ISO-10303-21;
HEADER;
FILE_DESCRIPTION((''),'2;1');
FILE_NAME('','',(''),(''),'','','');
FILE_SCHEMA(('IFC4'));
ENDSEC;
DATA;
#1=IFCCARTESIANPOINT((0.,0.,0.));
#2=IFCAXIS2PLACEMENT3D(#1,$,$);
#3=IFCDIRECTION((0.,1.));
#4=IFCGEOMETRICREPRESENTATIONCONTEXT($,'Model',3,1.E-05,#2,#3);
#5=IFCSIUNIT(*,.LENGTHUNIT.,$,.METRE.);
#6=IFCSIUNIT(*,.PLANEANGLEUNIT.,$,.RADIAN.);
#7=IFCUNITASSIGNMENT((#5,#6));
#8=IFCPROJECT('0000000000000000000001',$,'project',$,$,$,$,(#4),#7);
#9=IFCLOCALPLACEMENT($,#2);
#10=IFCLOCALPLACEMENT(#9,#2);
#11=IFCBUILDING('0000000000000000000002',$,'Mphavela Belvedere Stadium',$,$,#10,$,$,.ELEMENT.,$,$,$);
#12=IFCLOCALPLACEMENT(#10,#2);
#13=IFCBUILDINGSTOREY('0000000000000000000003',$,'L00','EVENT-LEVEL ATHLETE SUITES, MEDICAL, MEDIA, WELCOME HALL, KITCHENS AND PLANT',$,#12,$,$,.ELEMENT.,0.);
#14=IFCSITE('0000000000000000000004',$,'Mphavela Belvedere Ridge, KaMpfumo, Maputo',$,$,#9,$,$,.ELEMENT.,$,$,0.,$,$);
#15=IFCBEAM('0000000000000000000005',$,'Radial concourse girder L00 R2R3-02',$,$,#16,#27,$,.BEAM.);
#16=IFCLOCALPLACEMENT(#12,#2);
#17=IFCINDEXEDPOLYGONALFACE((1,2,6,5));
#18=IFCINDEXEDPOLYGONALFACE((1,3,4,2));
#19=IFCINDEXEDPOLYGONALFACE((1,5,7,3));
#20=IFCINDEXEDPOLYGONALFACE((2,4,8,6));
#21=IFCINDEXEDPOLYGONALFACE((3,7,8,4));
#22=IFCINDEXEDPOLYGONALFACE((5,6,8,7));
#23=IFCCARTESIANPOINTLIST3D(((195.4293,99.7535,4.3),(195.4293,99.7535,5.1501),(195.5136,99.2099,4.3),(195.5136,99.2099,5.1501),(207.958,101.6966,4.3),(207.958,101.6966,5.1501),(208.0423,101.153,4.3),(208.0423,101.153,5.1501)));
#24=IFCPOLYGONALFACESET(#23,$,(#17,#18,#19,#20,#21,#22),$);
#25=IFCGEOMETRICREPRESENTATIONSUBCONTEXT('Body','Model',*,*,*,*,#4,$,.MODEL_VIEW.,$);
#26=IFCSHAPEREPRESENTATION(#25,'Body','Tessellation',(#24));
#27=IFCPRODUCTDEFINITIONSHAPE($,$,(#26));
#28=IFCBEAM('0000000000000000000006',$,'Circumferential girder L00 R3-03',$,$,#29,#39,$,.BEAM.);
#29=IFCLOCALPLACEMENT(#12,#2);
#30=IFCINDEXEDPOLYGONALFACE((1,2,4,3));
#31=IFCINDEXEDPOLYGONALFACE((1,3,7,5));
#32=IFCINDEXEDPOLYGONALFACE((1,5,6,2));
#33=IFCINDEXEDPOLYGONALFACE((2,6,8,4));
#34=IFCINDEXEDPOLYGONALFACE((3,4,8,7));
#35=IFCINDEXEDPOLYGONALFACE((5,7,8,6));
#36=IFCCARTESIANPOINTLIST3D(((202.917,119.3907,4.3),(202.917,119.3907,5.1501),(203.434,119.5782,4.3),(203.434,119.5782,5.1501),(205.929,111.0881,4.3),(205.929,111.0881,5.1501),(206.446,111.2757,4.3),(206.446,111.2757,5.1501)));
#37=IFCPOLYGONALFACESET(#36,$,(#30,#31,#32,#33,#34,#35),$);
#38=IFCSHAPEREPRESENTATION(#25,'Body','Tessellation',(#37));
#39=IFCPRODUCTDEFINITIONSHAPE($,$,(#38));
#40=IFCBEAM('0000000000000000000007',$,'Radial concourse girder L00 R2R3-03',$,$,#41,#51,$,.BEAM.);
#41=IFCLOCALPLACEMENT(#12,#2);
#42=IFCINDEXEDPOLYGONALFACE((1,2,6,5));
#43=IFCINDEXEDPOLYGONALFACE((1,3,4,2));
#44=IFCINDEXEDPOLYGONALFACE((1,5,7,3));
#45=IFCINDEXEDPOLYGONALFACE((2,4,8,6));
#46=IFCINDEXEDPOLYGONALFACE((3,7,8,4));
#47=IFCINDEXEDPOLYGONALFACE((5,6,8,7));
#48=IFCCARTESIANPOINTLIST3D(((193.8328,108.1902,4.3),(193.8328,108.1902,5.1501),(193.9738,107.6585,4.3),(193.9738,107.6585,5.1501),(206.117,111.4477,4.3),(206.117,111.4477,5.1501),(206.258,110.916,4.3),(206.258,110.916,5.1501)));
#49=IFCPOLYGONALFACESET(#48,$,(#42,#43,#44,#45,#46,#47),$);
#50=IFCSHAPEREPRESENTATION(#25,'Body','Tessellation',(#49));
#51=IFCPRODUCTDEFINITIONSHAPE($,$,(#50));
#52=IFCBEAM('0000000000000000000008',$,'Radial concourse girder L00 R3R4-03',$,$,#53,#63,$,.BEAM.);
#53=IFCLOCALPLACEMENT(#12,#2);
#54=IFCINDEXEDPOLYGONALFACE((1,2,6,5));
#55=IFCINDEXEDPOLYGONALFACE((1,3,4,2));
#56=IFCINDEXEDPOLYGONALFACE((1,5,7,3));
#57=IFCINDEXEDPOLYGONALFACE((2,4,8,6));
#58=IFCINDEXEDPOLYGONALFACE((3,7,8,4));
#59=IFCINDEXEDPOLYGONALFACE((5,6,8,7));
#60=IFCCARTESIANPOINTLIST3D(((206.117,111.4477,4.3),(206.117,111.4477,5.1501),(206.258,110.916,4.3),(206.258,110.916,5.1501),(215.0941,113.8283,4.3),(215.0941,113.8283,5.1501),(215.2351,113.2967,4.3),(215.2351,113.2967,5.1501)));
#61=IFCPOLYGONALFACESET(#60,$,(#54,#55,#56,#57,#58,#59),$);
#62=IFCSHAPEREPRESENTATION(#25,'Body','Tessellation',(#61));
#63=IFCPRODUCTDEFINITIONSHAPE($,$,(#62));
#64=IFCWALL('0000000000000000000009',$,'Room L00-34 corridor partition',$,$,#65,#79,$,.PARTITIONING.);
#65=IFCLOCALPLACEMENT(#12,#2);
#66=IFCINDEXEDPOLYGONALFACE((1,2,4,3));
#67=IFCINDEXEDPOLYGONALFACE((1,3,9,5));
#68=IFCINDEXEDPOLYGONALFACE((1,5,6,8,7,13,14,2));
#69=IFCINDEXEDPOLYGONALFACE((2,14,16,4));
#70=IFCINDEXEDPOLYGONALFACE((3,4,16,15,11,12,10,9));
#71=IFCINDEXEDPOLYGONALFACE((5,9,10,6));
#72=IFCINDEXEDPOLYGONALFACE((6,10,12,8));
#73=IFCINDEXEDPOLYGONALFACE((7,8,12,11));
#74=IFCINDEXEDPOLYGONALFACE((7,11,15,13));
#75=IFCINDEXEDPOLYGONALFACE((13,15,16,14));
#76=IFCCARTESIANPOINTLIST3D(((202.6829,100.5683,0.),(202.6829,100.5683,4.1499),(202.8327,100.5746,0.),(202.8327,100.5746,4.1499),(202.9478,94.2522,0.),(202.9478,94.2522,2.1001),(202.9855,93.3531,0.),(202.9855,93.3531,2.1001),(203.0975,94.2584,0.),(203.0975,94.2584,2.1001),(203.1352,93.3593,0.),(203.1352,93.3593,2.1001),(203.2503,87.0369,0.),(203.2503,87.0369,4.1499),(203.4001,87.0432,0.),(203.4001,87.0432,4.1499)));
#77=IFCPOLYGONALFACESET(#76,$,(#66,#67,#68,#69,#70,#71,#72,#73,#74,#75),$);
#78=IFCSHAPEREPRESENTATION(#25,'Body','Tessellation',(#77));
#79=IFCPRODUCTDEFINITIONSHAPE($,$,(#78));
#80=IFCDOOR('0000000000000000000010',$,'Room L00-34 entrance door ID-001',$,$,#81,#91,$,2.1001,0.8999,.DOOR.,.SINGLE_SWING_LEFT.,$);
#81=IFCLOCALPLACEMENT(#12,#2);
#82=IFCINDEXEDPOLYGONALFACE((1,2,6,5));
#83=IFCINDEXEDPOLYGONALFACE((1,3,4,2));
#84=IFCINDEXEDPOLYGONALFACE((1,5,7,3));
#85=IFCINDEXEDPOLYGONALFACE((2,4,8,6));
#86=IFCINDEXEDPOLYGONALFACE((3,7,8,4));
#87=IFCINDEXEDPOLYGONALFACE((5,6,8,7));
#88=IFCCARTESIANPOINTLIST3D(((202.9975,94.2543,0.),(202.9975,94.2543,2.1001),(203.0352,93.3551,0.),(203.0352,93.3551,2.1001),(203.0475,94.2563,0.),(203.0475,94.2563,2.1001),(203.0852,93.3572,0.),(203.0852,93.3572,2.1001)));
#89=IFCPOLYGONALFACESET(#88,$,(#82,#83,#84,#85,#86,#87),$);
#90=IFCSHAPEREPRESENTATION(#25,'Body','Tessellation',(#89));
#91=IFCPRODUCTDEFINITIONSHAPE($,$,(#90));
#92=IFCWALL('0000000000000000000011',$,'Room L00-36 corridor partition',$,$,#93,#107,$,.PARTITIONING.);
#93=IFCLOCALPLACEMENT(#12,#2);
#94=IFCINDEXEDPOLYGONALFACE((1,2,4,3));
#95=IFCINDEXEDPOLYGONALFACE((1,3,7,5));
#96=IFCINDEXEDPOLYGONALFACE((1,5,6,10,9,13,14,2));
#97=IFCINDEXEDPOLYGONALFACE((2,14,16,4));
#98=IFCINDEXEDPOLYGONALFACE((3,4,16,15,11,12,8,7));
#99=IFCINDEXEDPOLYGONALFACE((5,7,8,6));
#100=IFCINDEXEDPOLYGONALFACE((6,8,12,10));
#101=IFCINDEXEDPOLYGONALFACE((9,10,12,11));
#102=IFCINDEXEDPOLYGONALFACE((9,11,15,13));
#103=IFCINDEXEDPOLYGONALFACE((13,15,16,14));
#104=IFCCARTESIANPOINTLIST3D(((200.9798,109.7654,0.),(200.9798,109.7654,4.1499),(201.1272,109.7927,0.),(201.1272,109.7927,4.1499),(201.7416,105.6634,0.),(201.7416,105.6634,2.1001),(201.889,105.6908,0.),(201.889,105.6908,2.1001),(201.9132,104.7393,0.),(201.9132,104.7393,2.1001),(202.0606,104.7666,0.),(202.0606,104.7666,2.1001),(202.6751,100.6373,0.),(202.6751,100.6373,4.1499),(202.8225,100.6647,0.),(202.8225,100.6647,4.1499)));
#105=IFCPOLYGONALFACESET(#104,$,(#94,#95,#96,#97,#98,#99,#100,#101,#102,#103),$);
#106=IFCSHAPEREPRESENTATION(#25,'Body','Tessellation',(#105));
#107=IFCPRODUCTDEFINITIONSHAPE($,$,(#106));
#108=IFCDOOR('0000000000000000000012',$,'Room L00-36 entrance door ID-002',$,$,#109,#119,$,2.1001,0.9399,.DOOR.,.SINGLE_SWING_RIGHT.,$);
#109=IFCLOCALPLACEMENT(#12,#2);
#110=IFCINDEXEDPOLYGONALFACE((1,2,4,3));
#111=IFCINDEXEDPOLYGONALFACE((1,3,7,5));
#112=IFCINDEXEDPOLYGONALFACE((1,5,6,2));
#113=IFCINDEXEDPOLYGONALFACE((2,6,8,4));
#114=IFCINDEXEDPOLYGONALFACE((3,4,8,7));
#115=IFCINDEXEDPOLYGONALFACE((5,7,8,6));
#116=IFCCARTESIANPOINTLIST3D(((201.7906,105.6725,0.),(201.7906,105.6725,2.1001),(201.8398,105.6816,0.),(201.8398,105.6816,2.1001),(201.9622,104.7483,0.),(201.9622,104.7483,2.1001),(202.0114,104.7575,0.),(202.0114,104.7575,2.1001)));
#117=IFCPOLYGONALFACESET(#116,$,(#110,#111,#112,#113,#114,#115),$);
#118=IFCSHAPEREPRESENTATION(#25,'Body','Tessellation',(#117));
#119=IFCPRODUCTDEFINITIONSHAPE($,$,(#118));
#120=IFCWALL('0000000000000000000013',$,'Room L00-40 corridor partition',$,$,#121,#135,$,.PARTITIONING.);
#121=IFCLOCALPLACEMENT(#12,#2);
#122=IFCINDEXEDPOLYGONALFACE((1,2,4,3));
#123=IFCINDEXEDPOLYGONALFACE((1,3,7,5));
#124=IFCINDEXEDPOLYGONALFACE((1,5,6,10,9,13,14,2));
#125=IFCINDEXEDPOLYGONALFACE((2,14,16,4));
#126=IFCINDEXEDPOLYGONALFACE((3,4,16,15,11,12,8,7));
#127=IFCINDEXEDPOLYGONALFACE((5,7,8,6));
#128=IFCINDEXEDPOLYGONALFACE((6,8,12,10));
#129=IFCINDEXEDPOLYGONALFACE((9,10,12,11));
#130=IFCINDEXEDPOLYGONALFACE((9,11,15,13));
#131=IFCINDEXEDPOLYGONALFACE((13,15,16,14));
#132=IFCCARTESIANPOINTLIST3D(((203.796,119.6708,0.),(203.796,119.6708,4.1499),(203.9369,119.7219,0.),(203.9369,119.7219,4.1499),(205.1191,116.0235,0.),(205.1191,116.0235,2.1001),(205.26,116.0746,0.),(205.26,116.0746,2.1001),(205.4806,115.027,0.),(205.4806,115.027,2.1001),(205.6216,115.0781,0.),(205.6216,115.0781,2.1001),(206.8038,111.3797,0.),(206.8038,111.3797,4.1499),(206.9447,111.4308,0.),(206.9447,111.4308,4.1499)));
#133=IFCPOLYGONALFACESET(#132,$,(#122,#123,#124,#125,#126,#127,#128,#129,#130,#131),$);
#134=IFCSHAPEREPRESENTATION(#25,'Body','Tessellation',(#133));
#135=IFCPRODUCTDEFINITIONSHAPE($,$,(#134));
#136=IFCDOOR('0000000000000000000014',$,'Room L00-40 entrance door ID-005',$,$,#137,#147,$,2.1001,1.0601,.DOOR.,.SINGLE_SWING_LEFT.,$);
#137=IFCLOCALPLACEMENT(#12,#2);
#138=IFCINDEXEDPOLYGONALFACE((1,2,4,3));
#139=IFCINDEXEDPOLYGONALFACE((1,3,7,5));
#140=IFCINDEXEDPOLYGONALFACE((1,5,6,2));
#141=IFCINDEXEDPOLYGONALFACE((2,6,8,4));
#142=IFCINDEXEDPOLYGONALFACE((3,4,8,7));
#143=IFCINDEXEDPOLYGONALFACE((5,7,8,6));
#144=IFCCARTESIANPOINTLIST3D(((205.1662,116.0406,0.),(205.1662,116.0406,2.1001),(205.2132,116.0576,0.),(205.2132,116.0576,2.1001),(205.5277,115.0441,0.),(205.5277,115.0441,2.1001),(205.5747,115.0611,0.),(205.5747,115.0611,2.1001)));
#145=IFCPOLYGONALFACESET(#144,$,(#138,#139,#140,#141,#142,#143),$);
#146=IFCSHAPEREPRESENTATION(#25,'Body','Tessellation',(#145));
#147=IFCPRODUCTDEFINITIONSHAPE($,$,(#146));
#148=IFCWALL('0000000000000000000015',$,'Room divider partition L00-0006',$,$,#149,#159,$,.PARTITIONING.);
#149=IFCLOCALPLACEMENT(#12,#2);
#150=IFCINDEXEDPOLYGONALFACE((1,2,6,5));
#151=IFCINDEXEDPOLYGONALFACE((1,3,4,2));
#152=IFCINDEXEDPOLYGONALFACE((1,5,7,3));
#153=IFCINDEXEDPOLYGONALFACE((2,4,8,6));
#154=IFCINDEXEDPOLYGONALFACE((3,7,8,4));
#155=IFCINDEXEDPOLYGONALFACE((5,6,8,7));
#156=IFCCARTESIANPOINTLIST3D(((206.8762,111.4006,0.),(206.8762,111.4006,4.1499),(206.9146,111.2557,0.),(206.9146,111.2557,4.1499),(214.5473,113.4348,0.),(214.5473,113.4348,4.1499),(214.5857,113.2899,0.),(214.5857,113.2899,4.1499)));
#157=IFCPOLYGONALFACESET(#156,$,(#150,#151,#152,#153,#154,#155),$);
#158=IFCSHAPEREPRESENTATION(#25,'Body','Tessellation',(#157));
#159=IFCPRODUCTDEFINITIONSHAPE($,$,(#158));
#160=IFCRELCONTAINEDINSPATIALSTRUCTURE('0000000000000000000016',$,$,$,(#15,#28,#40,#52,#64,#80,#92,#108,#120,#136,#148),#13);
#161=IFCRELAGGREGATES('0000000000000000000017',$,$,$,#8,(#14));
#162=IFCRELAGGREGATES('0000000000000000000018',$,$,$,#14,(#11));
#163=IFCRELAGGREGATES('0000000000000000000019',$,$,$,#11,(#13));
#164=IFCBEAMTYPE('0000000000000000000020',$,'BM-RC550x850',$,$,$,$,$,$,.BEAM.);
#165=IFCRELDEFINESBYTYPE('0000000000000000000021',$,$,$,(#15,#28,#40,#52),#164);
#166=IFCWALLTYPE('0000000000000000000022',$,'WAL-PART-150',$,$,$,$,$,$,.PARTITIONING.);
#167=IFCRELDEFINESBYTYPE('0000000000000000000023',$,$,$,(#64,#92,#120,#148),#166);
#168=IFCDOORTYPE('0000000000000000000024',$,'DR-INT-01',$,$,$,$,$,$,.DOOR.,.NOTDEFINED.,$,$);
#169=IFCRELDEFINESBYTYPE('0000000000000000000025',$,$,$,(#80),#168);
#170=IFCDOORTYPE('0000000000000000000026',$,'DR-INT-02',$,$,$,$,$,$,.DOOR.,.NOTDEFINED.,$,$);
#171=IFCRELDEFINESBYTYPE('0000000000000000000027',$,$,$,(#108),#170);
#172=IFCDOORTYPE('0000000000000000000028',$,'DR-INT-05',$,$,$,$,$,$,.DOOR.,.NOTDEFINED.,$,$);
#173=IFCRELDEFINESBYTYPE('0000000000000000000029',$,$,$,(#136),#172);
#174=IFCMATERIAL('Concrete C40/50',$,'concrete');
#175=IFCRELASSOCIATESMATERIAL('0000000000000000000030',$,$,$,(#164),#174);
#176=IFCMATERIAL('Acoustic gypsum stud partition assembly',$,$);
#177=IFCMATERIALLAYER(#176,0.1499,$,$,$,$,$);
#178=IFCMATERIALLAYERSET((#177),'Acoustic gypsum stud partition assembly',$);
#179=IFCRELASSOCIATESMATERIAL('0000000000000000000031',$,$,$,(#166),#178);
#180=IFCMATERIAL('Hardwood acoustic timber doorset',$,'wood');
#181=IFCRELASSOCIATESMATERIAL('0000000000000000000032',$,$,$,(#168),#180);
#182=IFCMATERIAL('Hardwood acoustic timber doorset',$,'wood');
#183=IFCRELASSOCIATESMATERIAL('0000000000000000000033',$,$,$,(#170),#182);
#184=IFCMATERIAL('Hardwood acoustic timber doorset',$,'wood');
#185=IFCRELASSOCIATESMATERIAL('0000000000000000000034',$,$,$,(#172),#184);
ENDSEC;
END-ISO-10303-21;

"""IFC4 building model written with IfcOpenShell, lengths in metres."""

from ifc_helpers import new_model, si_unit, direction, frame, frame_2d, origin, origin_2d, place, context, subcontext, project, spatial, rectangle, extrude, material, layer, layer_set, material_profile, profile_set, type_object, element, fill, save


model = new_model("IFC4")

# Units and contexts
model_context = context("Model", 3, precision=1e-05, world=origin(), true_north=direction((0.0, 1.0)))
body_context = subcontext(model_context, "Body", "Model", "MODEL_VIEW")
ifc_project = project(units=[si_unit("LENGTHUNIT", "METRE"), si_unit("PLANEANGLEUNIT", "RADIAN")], contexts=[model_context])

# Site, building, storey
site_placement = place(None, origin())
site = spatial("IfcSite", under=ifc_project, at=site_placement, Name="Mphavela Belvedere Ridge, KaMpfumo, Maputo", CompositionType="ELEMENT", RefElevation=0.0)
building_placement = place(site_placement, origin())
building = spatial("IfcBuilding", under=site, at=building_placement, Name="Mphavela Belvedere Stadium", CompositionType="ELEMENT")
storey_placement = place(building_placement, origin())
storey = spatial("IfcBuildingStorey", under=building, at=storey_placement, Name="L00", Description="EVENT-LEVEL ATHLETE SUITES, MEDICAL, MEDIA, WELCOME HALL, KITCHENS AND PLANT", CompositionType="ELEMENT", Elevation=0.0)

# Beams
ifc_material_1 = material(Name="Concrete C40/50", Category="concrete")
ifc_material_profile_1 = material_profile(ifc_material_1, rectangle(XDim=0.55, YDim=0.8501, at=origin_2d()), Name="RC 550x850")
ifc_profile_set_1 = profile_set([ifc_material_profile_1], Name="Concrete C40/50")
beam_type_1 = type_object("IfcBeamType", Name="BM-RC550x850", PredefinedType="BEAM", material=ifc_profile_set_1)
beam_1_placement = place(storey_placement, frame((195.4714, 99.4817, 4.7251), z_axis=(0.988186, 0.153262, 0.0), x_axis=(-0.153262, 0.988186, 0.0)))
element("IfcBeam", 1, at=beam_1_placement, inside=storey, type_object=beam_type_1, Name="Radial concourse girder L00 R2R3-02", PredefinedType="BEAM", context=body_context, shape_type="SweptSolid", body=[
    extrude(rectangle(XDim=0.55, YDim=0.8501, at=origin_2d()), origin(), (0.0, 0.0, 1.0), 12.6785),
])
beam_2_placement = place(storey_placement, frame((206.1875, 111.1819, 4.7251), z_axis=(-0.341031, 0.940052, 0.0), x_axis=(-0.940052, -0.341031, 0.0)))
element("IfcBeam", 2, at=beam_2_placement, inside=storey, type_object=beam_type_1, Name="Circumferential girder L00 R3-03", PredefinedType="BEAM", context=body_context, shape_type="SweptSolid", body=[
    extrude(rectangle(XDim=0.55, YDim=0.8501, at=origin_2d()), origin(), (0.0, 0.0, 1.0), 8.832),
])
beam_3_placement = place(storey_placement, frame((193.9033, 107.9243, 4.7251), z_axis=(0.966591, 0.256324, 0.0), x_axis=(-0.256324, 0.966591, 0.0)))
element("IfcBeam", 3, at=beam_3_placement, inside=storey, type_object=beam_type_1, Name="Radial concourse girder L00 R2R3-03", PredefinedType="BEAM", context=body_context, shape_type="SweptSolid", body=[
    extrude(rectangle(XDim=0.55, YDim=0.8501, at=origin_2d()), origin(), (0.0, 0.0, 1.0), 12.7087),
])
beam_4_placement = place(storey_placement, frame((206.1875, 111.1819, 4.7251), z_axis=(0.96659, 0.256329, 0.0), x_axis=(-0.256329, 0.96659, 0.0)))
element("IfcBeam", 4, at=beam_4_placement, inside=storey, type_object=beam_type_1, Name="Radial concourse girder L00 R3R4-03", PredefinedType="BEAM", context=body_context, shape_type="SweptSolid", body=[
    extrude(rectangle(XDim=0.55, YDim=0.8501, at=origin_2d()), origin(), (0.0, 0.0, 1.0), 9.2874),
])

# Walls, openings, doors
ifc_material_2 = material(Name="Acoustic gypsum stud partition assembly")
ifc_layer = layer(ifc_material_2, 0.1499)
ifc_layer_set = layer_set([ifc_layer], Name="Acoustic gypsum stud partition assembly")
wall_type = type_object("IfcWallType", Name="WAL-PART-150", PredefinedType="PARTITIONING", material=ifc_layer_set)
wall_1_placement = place(storey_placement, frame((202.7578, 100.5713, 0.0), z_axis=(0.0, 0.0, 1.0), x_axis=(0.041894, -0.999122, 0.0)))
wall_1 = element("IfcWall", 5, at=wall_1_placement, inside=storey, type_object=wall_type, Name="Room L00-34 corridor partition", PredefinedType="PARTITIONING", context=body_context, shape_type="SweptSolid", body=[
    extrude(rectangle(XDim=13.5432, YDim=0.1499, at=frame_2d((6.7715, 0.0))), origin(), (0.0, 0.0, 1.0), 4.1499),
])
opening_1_placement = place(wall_1_placement, frame((6.3215, 0.0, 0.0)))
opening_1 = element("IfcOpeningElement", 6, at=opening_1_placement, cuts=wall_1, PredefinedType="OPENING", context=body_context, shape_type="SweptSolid", body=[
    extrude(rectangle(XDim=0.8999, YDim=2.1001, at=frame_2d((0.45, 1.05))), frame((0.0, 0.085, 0.0), z_axis=(0.0, -1.0, 0.0), x_axis=(1.0, 0.0, 0.0)), (0.0, 0.0, 1.0), 0.1699),
])
ifc_material_3 = material(Name="Hardwood acoustic timber doorset", Category="wood")
door_type_1 = type_object("IfcDoorType", Name="DR-INT-01", OperationType="NOTDEFINED", PredefinedType="DOOR", material=ifc_material_3)
door_1_placement = place(opening_1_placement, origin())
door_1 = element("IfcDoor", 7, at=door_1_placement, inside=storey, type_object=door_type_1, Name="Room L00-34 entrance door ID-001", OperationType="SINGLE_SWING_LEFT", OverallHeight=2.1001, OverallWidth=0.8999, PredefinedType="DOOR", context=body_context, shape_type="SweptSolid", body=[
    extrude(rectangle(XDim=0.8999, YDim=2.1001, at=frame_2d((0.45, 1.05))), frame((0.0, 0.0249, 0.0), z_axis=(0.0, -1.0, 0.0), x_axis=(1.0, 0.0, 0.0)), (0.0, 0.0, 1.0), 0.05),
])
fill(opening_1, door_1)
wall_2_placement = place(storey_placement, frame((201.0535, 109.7791, 0.0), z_axis=(0.0, 0.0, 1.0), x_axis=(0.182601, -0.983187, 0.0)))
wall_2 = element("IfcWall", 8, at=wall_2_placement, inside=storey, type_object=wall_type, Name="Room L00-36 corridor partition", PredefinedType="PARTITIONING", context=body_context, shape_type="SweptSolid", body=[
    extrude(rectangle(XDim=9.2842, YDim=0.1499, at=frame_2d((4.6421, 0.0))), origin(), (0.0, 0.0, 1.0), 4.1499),
])
opening_2_placement = place(wall_2_placement, frame((4.1721, 0.0, 0.0)))
opening_2 = element("IfcOpeningElement", 9, at=opening_2_placement, cuts=wall_2, PredefinedType="OPENING", context=body_context, shape_type="SweptSolid", body=[
    extrude(rectangle(XDim=0.9399, YDim=2.1001, at=frame_2d((0.47, 1.05))), frame((0.0, 0.085, 0.0), z_axis=(0.0, -1.0, 0.0), x_axis=(1.0, 0.0, 0.0)), (0.0, 0.0, 1.0), 0.1699),
])
ifc_material_4 = material(Name="Hardwood acoustic timber doorset", Category="wood")
door_type_2 = type_object("IfcDoorType", Name="DR-INT-02", OperationType="NOTDEFINED", PredefinedType="DOOR", material=ifc_material_4)
door_2_placement = place(opening_2_placement, origin())
door_2 = element("IfcDoor", 10, at=door_2_placement, inside=storey, type_object=door_type_2, Name="Room L00-36 entrance door ID-002", OperationType="SINGLE_SWING_RIGHT", OverallHeight=2.1001, OverallWidth=0.9399, PredefinedType="DOOR", context=body_context, shape_type="SweptSolid", body=[
    extrude(rectangle(XDim=0.9399, YDim=2.1001, at=frame_2d((0.47, 1.05))), frame((0.0, 0.0249, 0.0), z_axis=(0.0, -1.0, 0.0), x_axis=(1.0, 0.0, 0.0)), (0.0, 0.0, 1.0), 0.05),
])
fill(opening_2, door_2)
wall_3_placement = place(storey_placement, frame((206.8743, 111.4053, 0.0), z_axis=(0.0, 0.0, 1.0), x_axis=(-0.341032, 0.940052, 0.0)))
wall_3 = element("IfcWall", 11, at=wall_3_placement, inside=storey, type_object=wall_type, Name="Room L00-40 corridor partition", PredefinedType="PARTITIONING", context=body_context, shape_type="SweptSolid", body=[
    extrude(rectangle(XDim=8.8198, YDim=0.1499, at=frame_2d((4.4099, 0.0))), origin(), (0.0, 0.0, 1.0), 4.1499),
])
opening_3_placement = place(wall_3_placement, frame((3.8799, 0.0, 0.0)))
opening_3 = element("IfcOpeningElement", 12, at=opening_3_placement, cuts=wall_3, PredefinedType="OPENING", context=body_context, shape_type="SweptSolid", body=[
    extrude(rectangle(XDim=1.0601, YDim=2.1001, at=frame_2d((0.53, 1.05))), frame((0.0, 0.085, 0.0), z_axis=(0.0, -1.0, 0.0), x_axis=(1.0, 0.0, 0.0)), (0.0, 0.0, 1.0), 0.1699),
])
ifc_material_5 = material(Name="Hardwood acoustic timber doorset", Category="wood")
door_type_3 = type_object("IfcDoorType", Name="DR-INT-05", OperationType="NOTDEFINED", PredefinedType="DOOR", material=ifc_material_5)
door_3_placement = place(opening_3_placement, origin())
door_3 = element("IfcDoor", 13, at=door_3_placement, inside=storey, type_object=door_type_3, Name="Room L00-40 entrance door ID-005", OperationType="SINGLE_SWING_LEFT", OverallHeight=2.1001, OverallWidth=1.0601, PredefinedType="DOOR", context=body_context, shape_type="SweptSolid", body=[
    extrude(rectangle(XDim=1.0601, YDim=2.1001, at=frame_2d((0.53, 1.05))), frame((0.0, 0.0249, 0.0), z_axis=(0.0, -1.0, 0.0), x_axis=(1.0, 0.0, 0.0)), (0.0, 0.0, 1.0), 0.05),
])
fill(opening_3, door_3)

# Wall
wall_4_placement = place(storey_placement, frame((206.8953, 111.3281, 0.0), z_axis=(0.0, 0.0, 1.0), x_axis=(0.966593, 0.256314, 0.0)))
element("IfcWall", 14, at=wall_4_placement, inside=storey, type_object=wall_type, Name="Room divider partition L00-0006", PredefinedType="PARTITIONING", context=body_context, shape_type="SweptSolid", body=[
    extrude(rectangle(XDim=7.9363, YDim=0.1499, at=frame_2d((3.9683, 0.0))), origin(), (0.0, 0.0, 1.0), 4.1499),
])

save(model, "model.ifc")
